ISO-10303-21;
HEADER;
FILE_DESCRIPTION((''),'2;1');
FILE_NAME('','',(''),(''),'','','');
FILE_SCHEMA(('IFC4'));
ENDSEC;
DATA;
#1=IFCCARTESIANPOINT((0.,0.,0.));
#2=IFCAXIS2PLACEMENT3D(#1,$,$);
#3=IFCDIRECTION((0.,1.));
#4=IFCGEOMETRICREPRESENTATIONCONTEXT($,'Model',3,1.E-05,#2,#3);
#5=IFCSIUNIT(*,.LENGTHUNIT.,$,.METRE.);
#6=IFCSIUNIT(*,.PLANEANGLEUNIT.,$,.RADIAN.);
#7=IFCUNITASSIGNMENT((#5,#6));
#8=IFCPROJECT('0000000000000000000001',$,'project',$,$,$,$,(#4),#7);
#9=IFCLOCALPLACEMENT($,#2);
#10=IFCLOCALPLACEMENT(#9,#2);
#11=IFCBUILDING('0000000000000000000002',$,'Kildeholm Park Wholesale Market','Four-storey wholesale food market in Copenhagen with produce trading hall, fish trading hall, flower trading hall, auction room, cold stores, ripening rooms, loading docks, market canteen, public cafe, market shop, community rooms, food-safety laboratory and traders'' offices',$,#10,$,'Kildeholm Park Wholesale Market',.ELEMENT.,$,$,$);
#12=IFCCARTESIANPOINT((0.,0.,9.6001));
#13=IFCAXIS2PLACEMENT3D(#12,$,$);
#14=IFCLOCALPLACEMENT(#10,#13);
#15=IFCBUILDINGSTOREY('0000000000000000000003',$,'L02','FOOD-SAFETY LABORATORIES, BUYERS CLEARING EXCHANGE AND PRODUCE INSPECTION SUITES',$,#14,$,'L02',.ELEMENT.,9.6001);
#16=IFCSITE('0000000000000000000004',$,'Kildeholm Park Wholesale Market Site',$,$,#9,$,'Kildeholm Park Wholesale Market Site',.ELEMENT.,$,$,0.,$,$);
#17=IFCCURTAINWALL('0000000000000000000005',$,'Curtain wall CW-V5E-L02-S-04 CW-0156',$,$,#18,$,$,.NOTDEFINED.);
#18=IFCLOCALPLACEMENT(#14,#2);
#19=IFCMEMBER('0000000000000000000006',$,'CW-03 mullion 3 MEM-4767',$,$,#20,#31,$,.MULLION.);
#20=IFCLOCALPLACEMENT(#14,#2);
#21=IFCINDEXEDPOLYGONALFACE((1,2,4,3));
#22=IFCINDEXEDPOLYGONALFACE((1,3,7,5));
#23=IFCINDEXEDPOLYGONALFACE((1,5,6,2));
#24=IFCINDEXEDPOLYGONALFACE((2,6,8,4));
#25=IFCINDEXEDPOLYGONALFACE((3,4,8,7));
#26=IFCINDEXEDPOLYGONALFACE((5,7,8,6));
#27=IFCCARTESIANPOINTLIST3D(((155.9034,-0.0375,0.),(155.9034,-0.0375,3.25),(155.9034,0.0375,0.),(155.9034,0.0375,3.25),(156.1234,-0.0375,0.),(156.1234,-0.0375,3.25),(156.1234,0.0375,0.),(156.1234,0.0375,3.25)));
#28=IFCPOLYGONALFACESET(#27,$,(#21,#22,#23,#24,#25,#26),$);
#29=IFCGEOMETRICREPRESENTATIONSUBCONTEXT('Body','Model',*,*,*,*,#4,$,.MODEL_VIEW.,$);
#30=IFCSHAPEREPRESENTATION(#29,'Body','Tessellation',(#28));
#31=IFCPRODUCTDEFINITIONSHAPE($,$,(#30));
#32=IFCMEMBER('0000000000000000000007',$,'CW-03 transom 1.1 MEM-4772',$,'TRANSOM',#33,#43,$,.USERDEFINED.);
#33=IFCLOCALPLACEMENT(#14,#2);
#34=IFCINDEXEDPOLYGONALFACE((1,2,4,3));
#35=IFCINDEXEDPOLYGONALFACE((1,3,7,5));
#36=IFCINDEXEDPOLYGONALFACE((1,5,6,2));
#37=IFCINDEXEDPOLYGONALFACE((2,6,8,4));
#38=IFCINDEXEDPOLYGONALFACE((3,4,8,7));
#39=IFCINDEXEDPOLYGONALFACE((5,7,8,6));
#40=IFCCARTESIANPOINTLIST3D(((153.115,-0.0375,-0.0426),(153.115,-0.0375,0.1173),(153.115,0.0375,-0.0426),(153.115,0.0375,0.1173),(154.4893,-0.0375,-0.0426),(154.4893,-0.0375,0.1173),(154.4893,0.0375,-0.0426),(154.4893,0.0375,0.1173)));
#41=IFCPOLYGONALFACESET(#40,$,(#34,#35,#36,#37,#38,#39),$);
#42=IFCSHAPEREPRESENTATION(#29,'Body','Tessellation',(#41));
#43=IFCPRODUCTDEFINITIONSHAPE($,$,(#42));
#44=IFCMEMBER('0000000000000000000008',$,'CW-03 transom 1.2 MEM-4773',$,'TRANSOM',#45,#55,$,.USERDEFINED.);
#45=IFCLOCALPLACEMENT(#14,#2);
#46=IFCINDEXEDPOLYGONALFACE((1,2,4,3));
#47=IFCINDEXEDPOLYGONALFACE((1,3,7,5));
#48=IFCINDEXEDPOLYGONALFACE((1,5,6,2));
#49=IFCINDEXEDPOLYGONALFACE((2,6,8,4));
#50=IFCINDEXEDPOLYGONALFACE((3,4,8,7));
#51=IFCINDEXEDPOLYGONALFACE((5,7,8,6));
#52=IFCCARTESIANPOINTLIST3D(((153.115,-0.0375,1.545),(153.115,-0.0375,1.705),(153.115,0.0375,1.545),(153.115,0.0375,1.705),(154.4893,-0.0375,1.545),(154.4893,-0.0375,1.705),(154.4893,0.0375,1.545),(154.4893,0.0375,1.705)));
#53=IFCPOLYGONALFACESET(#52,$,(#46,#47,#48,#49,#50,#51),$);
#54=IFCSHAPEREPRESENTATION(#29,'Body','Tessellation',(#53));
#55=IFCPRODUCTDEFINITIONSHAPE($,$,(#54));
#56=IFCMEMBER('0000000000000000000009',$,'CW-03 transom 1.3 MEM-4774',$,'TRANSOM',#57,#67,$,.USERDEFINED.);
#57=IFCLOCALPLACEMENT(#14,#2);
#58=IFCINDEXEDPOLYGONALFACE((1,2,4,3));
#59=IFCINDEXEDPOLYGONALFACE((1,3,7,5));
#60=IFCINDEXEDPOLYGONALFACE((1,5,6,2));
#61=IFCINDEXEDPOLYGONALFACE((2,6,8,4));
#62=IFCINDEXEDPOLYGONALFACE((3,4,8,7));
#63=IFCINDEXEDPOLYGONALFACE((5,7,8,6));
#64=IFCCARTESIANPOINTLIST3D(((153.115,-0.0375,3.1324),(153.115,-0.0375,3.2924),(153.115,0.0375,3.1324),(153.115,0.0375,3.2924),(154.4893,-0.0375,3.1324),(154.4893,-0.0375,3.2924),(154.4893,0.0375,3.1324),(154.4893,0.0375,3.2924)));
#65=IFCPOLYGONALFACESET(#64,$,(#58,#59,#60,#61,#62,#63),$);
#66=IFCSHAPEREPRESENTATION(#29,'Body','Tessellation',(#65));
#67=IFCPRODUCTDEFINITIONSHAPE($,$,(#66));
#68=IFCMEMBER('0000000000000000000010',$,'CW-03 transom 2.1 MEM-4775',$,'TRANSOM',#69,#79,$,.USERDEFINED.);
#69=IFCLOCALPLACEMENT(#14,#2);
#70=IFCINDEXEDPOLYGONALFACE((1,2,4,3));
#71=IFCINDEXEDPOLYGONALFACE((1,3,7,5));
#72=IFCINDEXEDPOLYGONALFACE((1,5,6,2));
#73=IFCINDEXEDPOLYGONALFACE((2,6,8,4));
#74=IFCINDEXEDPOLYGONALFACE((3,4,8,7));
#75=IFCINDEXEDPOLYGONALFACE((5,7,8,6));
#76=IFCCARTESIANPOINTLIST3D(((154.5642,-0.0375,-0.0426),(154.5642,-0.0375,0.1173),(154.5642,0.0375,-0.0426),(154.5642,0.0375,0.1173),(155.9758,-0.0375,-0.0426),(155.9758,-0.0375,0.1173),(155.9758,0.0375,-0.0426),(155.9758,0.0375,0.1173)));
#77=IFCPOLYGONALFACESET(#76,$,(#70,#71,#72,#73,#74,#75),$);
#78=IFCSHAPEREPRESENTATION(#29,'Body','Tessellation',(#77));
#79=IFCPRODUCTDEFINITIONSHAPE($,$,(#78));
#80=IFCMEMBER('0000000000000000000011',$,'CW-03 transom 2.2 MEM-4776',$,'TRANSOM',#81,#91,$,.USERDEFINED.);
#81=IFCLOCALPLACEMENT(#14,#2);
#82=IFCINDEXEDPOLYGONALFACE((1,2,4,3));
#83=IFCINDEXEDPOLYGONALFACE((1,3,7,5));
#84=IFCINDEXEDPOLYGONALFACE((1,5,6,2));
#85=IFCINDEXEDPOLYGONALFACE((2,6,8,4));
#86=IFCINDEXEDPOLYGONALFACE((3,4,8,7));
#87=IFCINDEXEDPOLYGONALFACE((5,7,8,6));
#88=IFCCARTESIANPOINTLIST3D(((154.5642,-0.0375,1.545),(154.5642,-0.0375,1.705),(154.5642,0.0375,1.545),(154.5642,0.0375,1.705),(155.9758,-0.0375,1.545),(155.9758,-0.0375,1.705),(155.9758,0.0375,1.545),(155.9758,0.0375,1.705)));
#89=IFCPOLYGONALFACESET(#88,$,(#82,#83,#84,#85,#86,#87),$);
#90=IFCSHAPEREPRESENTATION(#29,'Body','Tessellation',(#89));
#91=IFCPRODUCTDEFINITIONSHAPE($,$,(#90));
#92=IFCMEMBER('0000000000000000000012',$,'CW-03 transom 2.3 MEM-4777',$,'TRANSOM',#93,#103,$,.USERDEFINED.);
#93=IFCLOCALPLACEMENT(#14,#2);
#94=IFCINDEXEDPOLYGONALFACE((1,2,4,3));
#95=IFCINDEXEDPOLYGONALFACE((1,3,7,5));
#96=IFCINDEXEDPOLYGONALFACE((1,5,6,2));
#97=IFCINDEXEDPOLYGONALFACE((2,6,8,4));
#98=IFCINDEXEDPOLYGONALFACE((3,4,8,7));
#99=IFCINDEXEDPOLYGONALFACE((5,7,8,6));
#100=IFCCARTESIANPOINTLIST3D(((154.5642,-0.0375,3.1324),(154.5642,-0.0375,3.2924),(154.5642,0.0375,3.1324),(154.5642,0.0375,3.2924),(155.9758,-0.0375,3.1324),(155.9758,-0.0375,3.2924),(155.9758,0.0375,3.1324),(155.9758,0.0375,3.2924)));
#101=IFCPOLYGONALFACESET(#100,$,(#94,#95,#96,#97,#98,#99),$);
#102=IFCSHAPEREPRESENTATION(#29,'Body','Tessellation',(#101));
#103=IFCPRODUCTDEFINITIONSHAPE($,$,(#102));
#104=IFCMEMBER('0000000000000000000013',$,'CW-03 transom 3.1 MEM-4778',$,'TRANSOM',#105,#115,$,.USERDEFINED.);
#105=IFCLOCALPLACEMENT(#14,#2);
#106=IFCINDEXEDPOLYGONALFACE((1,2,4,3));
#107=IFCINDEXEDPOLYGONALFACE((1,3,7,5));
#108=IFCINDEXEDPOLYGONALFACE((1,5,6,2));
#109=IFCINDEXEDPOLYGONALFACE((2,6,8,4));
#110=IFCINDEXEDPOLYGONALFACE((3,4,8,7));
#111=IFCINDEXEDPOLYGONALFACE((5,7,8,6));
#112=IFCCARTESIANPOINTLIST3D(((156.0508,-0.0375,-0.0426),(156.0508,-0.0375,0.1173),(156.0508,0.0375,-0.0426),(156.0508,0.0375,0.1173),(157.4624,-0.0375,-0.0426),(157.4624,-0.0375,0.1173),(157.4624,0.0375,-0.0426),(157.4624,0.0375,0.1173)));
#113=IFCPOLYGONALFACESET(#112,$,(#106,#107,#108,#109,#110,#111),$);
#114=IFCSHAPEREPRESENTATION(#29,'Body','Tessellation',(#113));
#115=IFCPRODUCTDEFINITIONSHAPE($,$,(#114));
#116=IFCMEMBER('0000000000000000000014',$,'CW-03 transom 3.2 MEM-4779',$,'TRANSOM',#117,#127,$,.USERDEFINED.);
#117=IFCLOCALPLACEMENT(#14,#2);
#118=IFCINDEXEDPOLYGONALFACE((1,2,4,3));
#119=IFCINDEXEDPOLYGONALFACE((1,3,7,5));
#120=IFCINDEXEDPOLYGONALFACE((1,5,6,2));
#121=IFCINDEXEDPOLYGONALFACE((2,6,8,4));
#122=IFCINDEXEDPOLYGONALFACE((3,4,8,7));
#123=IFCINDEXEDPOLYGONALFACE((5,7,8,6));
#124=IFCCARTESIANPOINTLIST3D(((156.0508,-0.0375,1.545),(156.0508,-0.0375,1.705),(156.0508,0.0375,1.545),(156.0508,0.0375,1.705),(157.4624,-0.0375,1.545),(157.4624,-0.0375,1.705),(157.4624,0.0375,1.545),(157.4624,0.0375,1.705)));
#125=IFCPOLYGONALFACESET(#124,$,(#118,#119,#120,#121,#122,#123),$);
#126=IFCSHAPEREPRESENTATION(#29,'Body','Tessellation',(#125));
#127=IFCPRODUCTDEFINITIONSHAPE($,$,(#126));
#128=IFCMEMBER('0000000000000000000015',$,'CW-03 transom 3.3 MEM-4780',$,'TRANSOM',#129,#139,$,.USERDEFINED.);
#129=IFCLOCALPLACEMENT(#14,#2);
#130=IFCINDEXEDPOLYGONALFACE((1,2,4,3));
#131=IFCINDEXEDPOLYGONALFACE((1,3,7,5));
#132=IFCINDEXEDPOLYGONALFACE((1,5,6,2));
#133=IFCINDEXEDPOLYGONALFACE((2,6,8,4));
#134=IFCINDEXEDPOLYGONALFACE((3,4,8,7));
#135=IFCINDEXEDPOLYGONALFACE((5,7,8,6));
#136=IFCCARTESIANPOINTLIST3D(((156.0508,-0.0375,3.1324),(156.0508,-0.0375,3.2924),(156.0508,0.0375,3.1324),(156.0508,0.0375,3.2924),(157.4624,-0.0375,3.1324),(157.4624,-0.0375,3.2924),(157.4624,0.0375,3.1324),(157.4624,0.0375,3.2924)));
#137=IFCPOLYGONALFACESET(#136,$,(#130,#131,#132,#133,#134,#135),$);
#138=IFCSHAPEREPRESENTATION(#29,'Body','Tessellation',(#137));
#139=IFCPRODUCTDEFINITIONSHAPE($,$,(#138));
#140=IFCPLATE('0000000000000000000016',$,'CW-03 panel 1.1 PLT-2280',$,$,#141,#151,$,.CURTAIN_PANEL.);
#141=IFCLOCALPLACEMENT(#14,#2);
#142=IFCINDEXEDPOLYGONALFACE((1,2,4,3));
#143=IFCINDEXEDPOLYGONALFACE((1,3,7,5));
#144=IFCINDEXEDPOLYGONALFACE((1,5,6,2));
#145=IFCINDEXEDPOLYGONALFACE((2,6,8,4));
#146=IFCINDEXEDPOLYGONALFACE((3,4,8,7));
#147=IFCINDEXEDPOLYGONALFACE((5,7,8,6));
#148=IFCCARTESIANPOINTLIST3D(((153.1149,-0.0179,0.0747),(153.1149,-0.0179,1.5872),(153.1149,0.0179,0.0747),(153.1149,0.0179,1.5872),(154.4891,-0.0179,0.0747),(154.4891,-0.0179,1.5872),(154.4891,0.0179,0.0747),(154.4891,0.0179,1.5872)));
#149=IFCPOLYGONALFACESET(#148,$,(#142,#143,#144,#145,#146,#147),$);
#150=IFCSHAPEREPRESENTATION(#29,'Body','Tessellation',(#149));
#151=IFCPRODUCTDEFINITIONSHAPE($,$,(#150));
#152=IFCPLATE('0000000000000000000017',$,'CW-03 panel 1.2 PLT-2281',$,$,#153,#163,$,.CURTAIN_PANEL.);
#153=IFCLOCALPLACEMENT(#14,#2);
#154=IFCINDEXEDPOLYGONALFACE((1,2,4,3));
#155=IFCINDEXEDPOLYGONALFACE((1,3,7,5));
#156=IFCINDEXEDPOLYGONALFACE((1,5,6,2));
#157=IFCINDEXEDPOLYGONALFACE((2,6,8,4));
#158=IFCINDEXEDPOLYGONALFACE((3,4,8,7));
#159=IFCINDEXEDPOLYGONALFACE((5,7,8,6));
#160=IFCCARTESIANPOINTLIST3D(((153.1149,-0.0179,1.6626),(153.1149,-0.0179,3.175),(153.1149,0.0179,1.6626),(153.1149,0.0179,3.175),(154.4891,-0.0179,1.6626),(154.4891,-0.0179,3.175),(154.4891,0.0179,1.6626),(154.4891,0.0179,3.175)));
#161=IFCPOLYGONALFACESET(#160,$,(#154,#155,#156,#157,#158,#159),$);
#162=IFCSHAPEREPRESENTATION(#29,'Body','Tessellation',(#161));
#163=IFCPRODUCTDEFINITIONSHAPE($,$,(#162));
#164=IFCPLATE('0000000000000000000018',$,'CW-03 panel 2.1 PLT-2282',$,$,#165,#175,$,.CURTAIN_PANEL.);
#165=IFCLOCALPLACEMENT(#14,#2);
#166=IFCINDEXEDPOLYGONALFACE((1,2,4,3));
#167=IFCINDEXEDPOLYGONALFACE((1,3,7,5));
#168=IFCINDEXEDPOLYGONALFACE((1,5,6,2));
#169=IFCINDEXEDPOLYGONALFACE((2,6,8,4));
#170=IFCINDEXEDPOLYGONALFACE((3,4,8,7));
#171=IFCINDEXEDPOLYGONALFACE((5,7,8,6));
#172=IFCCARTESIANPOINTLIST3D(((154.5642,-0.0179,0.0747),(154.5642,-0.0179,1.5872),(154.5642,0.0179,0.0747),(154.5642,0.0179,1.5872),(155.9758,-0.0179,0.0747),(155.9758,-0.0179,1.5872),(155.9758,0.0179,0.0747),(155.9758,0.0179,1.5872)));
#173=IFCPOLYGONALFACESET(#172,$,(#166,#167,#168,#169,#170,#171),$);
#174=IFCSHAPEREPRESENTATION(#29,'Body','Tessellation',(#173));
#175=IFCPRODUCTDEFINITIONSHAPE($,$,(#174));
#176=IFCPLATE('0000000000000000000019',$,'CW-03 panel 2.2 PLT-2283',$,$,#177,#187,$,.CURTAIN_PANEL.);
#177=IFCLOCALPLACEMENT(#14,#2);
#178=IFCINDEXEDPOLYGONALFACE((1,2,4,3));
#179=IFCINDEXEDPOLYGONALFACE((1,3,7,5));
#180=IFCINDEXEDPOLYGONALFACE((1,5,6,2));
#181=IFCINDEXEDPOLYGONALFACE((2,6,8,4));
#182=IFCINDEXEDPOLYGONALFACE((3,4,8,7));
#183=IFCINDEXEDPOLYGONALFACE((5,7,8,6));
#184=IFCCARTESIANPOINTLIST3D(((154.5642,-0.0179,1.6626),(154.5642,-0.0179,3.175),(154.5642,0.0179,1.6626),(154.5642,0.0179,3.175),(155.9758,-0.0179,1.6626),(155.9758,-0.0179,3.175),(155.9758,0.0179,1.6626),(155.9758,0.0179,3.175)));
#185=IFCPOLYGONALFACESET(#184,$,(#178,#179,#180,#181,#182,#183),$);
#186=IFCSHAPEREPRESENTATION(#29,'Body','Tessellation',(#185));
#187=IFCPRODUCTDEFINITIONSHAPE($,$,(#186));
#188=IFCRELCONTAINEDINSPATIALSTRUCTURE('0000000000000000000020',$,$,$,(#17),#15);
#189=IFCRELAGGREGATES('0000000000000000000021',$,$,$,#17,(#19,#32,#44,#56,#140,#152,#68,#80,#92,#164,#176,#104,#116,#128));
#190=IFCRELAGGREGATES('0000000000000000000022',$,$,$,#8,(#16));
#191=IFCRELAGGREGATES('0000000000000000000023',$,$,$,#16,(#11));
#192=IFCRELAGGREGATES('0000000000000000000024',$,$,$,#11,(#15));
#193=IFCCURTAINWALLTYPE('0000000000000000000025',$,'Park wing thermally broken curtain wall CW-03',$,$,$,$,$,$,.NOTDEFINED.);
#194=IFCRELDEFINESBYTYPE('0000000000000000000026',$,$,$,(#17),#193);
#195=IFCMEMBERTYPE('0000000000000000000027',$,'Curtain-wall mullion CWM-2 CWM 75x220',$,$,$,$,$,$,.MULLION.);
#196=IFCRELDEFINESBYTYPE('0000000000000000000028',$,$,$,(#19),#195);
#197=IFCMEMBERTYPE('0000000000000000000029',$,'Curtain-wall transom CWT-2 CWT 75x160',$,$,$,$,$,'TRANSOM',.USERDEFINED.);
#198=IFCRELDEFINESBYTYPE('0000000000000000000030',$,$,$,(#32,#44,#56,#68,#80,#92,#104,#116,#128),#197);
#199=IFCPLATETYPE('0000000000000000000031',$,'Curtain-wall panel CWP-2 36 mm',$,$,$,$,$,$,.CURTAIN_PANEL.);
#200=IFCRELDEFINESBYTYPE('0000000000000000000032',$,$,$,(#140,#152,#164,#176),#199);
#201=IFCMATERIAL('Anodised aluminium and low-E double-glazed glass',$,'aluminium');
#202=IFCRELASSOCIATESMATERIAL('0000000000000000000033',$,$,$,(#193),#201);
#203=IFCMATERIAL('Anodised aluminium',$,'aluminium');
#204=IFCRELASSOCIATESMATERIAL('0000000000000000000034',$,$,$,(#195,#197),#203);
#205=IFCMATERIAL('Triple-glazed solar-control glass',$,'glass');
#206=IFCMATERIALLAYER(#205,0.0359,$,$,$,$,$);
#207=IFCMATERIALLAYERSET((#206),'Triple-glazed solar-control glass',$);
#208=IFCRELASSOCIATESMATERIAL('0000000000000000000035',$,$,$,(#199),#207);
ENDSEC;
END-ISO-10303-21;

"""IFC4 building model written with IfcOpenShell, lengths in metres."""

from ifc_helpers import new_model, si_unit, direction, frame, origin, origin_2d, place, context, subcontext, project, spatial, rectangle, extrude, material, layer, layer_set, material_profile, profile_set, type_object, element, aggregate, save


model = new_model("IFC4")

# Units and contexts
model_context = context("Model", 3, precision=1e-05, world=origin(), true_north=direction((0.0, 1.0)))
body_context = subcontext(model_context, "Body", "Model", "MODEL_VIEW")
ifc_project = project(units=[si_unit("LENGTHUNIT", "METRE"), si_unit("PLANEANGLEUNIT", "RADIAN")], contexts=[model_context])

# Site, building, storey
site_placement = place(None, origin())
site = spatial("IfcSite", under=ifc_project, at=site_placement, Name="Kildeholm Park Wholesale Market Site", LongName="Kildeholm Park Wholesale Market Site", CompositionType="ELEMENT", RefElevation=0.0)
building_placement = place(site_placement, origin())
building = spatial("IfcBuilding", under=site, at=building_placement, Name="Kildeholm Park Wholesale Market", Description="Four-storey wholesale food market in Copenhagen with produce trading hall, fish trading hall, flower trading hall, auction room, cold stores, ripening rooms, loading docks, market canteen, public cafe, market shop, community rooms, food-safety laboratory and traders' offices", LongName="Kildeholm Park Wholesale Market", CompositionType="ELEMENT")
storey_placement = place(building_placement, frame((0.0, 0.0, 9.6001)))
storey = spatial("IfcBuildingStorey", under=building, at=storey_placement, Name="L02", Description="FOOD-SAFETY LABORATORIES, BUYERS CLEARING EXCHANGE AND PRODUCE INSPECTION SUITES", LongName="L02", CompositionType="ELEMENT", Elevation=9.6001)

# Curtain wall, members, plates
ifc_material_1 = material(Name="Anodised aluminium and low-E double-glazed glass", Category="aluminium")
curtain_wall_type = type_object("IfcCurtainWallType", Name="Park wing thermally broken curtain wall CW-03", PredefinedType="NOTDEFINED", material=ifc_material_1)
curtain_wall_placement = place(storey_placement, origin())
curtain_wall = element("IfcCurtainWall", 1, at=curtain_wall_placement, inside=storey, type_object=curtain_wall_type, Name="Curtain wall CW-V5E-L02-S-04 CW-0156", PredefinedType="NOTDEFINED")
ifc_material_2 = material(Name="Anodised aluminium", Category="aluminium")
ifc_material_profile_1 = material_profile(ifc_material_2, rectangle(XDim=0.075, YDim=0.22, at=origin_2d()), Name="CWM 75x220")
ifc_profile_set_1 = profile_set([ifc_material_profile_1], Name="Anodised aluminium")
member_type_1 = type_object("IfcMemberType", Name="Curtain-wall mullion CWM-2 CWM 75x220", PredefinedType="MULLION", material=ifc_profile_set_1)
member_1_placement = place(storey_placement, frame((156.0134, 0.0, 0.0), z_axis=(0.0, 0.0, 1.0), x_axis=(0.0, 1.0, 0.0)))
member_1 = element("IfcMember", 2, at=member_1_placement, type_object=member_type_1, Name="CW-03 mullion 3 MEM-4767", PredefinedType="MULLION", context=body_context, shape_type="SweptSolid", body=[
    extrude(rectangle(XDim=0.075, YDim=0.22, at=origin_2d()), origin(), (0.0, 0.0, 1.0), 3.25),
])
ifc_material_profile_2 = material_profile(ifc_material_2, rectangle(XDim=0.075, YDim=0.1599, at=origin_2d()), Name="CWT 75x160")
ifc_profile_set_2 = profile_set([ifc_material_profile_2], Name="Anodised aluminium")
member_type_2 = type_object("IfcMemberType", Name="Curtain-wall transom CWT-2 CWT 75x160", ElementType="TRANSOM", PredefinedType="USERDEFINED", material=ifc_profile_set_2)
member_2_placement = place(storey_placement, frame((153.115, 0.0, 0.0374), z_axis=(1.0, 0.0, 0.0), x_axis=(0.0, 1.0, 0.0)))
member_2 = element("IfcMember", 3, at=member_2_placement, type_object=member_type_2, Name="CW-03 transom 1.1 MEM-4772", ObjectType="TRANSOM", PredefinedType="USERDEFINED", context=body_context, shape_type="SweptSolid", body=[
    extrude(rectangle(XDim=0.075, YDim=0.1599, at=origin_2d()), origin(), (0.0, 0.0, 1.0), 1.3743),
])
member_3_placement = place(storey_placement, frame((153.115, 0.0, 1.625), z_axis=(1.0, 0.0, 0.0), x_axis=(0.0, 1.0, 0.0)))
member_3 = element("IfcMember", 4, at=member_3_placement, type_object=member_type_2, Name="CW-03 transom 1.2 MEM-4773", ObjectType="TRANSOM", PredefinedType="USERDEFINED", context=body_context, shape_type="SweptSolid", body=[
    extrude(rectangle(XDim=0.075, YDim=0.1599, at=origin_2d()), origin(), (0.0, 0.0, 1.0), 1.3743),
])
member_4_placement = place(storey_placement, frame((153.115, 0.0, 3.2124), z_axis=(1.0, 0.0, 0.0), x_axis=(0.0, 1.0, 0.0)))
member_4 = element("IfcMember", 5, at=member_4_placement, type_object=member_type_2, Name="CW-03 transom 1.3 MEM-4774", ObjectType="TRANSOM", PredefinedType="USERDEFINED", context=body_context, shape_type="SweptSolid", body=[
    extrude(rectangle(XDim=0.075, YDim=0.1599, at=origin_2d()), origin(), (0.0, 0.0, 1.0), 1.3743),
])
member_5_placement = place(storey_placement, frame((154.5642, 0.0, 0.0374), z_axis=(1.0, 0.0, 0.0), x_axis=(0.0, 1.0, 0.0)))
member_5 = element("IfcMember", 6, at=member_5_placement, type_object=member_type_2, Name="CW-03 transom 2.1 MEM-4775", ObjectType="TRANSOM", PredefinedType="USERDEFINED", context=body_context, shape_type="SweptSolid", body=[
    extrude(rectangle(XDim=0.075, YDim=0.1599, at=origin_2d()), origin(), (0.0, 0.0, 1.0), 1.4116),
])
member_6_placement = place(storey_placement, frame((154.5642, 0.0, 1.625), z_axis=(1.0, 0.0, 0.0), x_axis=(0.0, 1.0, 0.0)))
member_6 = element("IfcMember", 7, at=member_6_placement, type_object=member_type_2, Name="CW-03 transom 2.2 MEM-4776", ObjectType="TRANSOM", PredefinedType="USERDEFINED", context=body_context, shape_type="SweptSolid", body=[
    extrude(rectangle(XDim=0.075, YDim=0.1599, at=origin_2d()), origin(), (0.0, 0.0, 1.0), 1.4116),
])
member_7_placement = place(storey_placement, frame((154.5642, 0.0, 3.2124), z_axis=(1.0, 0.0, 0.0), x_axis=(0.0, 1.0, 0.0)))
member_7 = element("IfcMember", 8, at=member_7_placement, type_object=member_type_2, Name="CW-03 transom 2.3 MEM-4777", ObjectType="TRANSOM", PredefinedType="USERDEFINED", context=body_context, shape_type="SweptSolid", body=[
    extrude(rectangle(XDim=0.075, YDim=0.1599, at=origin_2d()), origin(), (0.0, 0.0, 1.0), 1.4116),
])
member_8_placement = place(storey_placement, frame((156.0508, 0.0, 0.0374), z_axis=(1.0, 0.0, 0.0), x_axis=(0.0, 1.0, 0.0)))
member_8 = element("IfcMember", 9, at=member_8_placement, type_object=member_type_2, Name="CW-03 transom 3.1 MEM-4778", ObjectType="TRANSOM", PredefinedType="USERDEFINED", context=body_context, shape_type="SweptSolid", body=[
    extrude(rectangle(XDim=0.075, YDim=0.1599, at=origin_2d()), origin(), (0.0, 0.0, 1.0), 1.4116),
])
member_9_placement = place(storey_placement, frame((156.0508, 0.0, 1.625), z_axis=(1.0, 0.0, 0.0), x_axis=(0.0, 1.0, 0.0)))
member_9 = element("IfcMember", 10, at=member_9_placement, type_object=member_type_2, Name="CW-03 transom 3.2 MEM-4779", ObjectType="TRANSOM", PredefinedType="USERDEFINED", context=body_context, shape_type="SweptSolid", body=[
    extrude(rectangle(XDim=0.075, YDim=0.1599, at=origin_2d()), origin(), (0.0, 0.0, 1.0), 1.4116),
])
member_10_placement = place(storey_placement, frame((156.0508, 0.0, 3.2124), z_axis=(1.0, 0.0, 0.0), x_axis=(0.0, 1.0, 0.0)))
member_10 = element("IfcMember", 11, at=member_10_placement, type_object=member_type_2, Name="CW-03 transom 3.3 MEM-4780", ObjectType="TRANSOM", PredefinedType="USERDEFINED", context=body_context, shape_type="SweptSolid", body=[
    extrude(rectangle(XDim=0.075, YDim=0.1599, at=origin_2d()), origin(), (0.0, 0.0, 1.0), 1.4116),
])
ifc_material_3 = material(Name="Triple-glazed solar-control glass", Category="glass")
ifc_layer_1 = layer(ifc_material_3, 0.0359)
ifc_layer_set_1 = layer_set([ifc_layer_1], Name="Triple-glazed solar-control glass")
plate_type = type_object("IfcPlateType", Name="Curtain-wall panel CWP-2 36 mm", PredefinedType="CURTAIN_PANEL", material=ifc_layer_set_1)
plate_1_placement = place(storey_placement, frame((153.802, 0.0, 0.0747), z_axis=(0.0, 0.0, 1.0), x_axis=(1.0, 0.0, 0.0)))
plate_1 = element("IfcPlate", 12, at=plate_1_placement, type_object=plate_type, Name="CW-03 panel 1.1 PLT-2280", PredefinedType="CURTAIN_PANEL", context=body_context, shape_type="SweptSolid", body=[
    extrude(rectangle(XDim=1.3743, YDim=0.0359, at=origin_2d()), origin(), (0.0, 0.0, 1.0), 1.5125),
])
plate_2_placement = place(storey_placement, frame((153.802, 0.0, 1.6626), z_axis=(0.0, 0.0, 1.0), x_axis=(1.0, 0.0, 0.0)))
plate_2 = element("IfcPlate", 13, at=plate_2_placement, type_object=plate_type, Name="CW-03 panel 1.2 PLT-2281", PredefinedType="CURTAIN_PANEL", context=body_context, shape_type="SweptSolid", body=[
    extrude(rectangle(XDim=1.3743, YDim=0.0359, at=origin_2d()), origin(), (0.0, 0.0, 1.0), 1.5125),
])
plate_3_placement = place(storey_placement, frame((155.27, 0.0, 0.0747), z_axis=(0.0, 0.0, 1.0), x_axis=(1.0, 0.0, 0.0)))
plate_3 = element("IfcPlate", 14, at=plate_3_placement, type_object=plate_type, Name="CW-03 panel 2.1 PLT-2282", PredefinedType="CURTAIN_PANEL", context=body_context, shape_type="SweptSolid", body=[
    extrude(rectangle(XDim=1.4116, YDim=0.0359, at=origin_2d()), origin(), (0.0, 0.0, 1.0), 1.5125),
])
plate_4_placement = place(storey_placement, frame((155.27, 0.0, 1.6626), z_axis=(0.0, 0.0, 1.0), x_axis=(1.0, 0.0, 0.0)))
plate_4 = element("IfcPlate", 15, at=plate_4_placement, type_object=plate_type, Name="CW-03 panel 2.2 PLT-2283", PredefinedType="CURTAIN_PANEL", context=body_context, shape_type="SweptSolid", body=[
    extrude(rectangle(XDim=1.4116, YDim=0.0359, at=origin_2d()), origin(), (0.0, 0.0, 1.0), 1.5125),
])
aggregate(curtain_wall, [member_1, member_2, member_3, member_4, plate_1, plate_2, member_5, member_6, member_7, plate_3, plate_4, member_8, member_9, member_10])

save(model, "model.ifc")
